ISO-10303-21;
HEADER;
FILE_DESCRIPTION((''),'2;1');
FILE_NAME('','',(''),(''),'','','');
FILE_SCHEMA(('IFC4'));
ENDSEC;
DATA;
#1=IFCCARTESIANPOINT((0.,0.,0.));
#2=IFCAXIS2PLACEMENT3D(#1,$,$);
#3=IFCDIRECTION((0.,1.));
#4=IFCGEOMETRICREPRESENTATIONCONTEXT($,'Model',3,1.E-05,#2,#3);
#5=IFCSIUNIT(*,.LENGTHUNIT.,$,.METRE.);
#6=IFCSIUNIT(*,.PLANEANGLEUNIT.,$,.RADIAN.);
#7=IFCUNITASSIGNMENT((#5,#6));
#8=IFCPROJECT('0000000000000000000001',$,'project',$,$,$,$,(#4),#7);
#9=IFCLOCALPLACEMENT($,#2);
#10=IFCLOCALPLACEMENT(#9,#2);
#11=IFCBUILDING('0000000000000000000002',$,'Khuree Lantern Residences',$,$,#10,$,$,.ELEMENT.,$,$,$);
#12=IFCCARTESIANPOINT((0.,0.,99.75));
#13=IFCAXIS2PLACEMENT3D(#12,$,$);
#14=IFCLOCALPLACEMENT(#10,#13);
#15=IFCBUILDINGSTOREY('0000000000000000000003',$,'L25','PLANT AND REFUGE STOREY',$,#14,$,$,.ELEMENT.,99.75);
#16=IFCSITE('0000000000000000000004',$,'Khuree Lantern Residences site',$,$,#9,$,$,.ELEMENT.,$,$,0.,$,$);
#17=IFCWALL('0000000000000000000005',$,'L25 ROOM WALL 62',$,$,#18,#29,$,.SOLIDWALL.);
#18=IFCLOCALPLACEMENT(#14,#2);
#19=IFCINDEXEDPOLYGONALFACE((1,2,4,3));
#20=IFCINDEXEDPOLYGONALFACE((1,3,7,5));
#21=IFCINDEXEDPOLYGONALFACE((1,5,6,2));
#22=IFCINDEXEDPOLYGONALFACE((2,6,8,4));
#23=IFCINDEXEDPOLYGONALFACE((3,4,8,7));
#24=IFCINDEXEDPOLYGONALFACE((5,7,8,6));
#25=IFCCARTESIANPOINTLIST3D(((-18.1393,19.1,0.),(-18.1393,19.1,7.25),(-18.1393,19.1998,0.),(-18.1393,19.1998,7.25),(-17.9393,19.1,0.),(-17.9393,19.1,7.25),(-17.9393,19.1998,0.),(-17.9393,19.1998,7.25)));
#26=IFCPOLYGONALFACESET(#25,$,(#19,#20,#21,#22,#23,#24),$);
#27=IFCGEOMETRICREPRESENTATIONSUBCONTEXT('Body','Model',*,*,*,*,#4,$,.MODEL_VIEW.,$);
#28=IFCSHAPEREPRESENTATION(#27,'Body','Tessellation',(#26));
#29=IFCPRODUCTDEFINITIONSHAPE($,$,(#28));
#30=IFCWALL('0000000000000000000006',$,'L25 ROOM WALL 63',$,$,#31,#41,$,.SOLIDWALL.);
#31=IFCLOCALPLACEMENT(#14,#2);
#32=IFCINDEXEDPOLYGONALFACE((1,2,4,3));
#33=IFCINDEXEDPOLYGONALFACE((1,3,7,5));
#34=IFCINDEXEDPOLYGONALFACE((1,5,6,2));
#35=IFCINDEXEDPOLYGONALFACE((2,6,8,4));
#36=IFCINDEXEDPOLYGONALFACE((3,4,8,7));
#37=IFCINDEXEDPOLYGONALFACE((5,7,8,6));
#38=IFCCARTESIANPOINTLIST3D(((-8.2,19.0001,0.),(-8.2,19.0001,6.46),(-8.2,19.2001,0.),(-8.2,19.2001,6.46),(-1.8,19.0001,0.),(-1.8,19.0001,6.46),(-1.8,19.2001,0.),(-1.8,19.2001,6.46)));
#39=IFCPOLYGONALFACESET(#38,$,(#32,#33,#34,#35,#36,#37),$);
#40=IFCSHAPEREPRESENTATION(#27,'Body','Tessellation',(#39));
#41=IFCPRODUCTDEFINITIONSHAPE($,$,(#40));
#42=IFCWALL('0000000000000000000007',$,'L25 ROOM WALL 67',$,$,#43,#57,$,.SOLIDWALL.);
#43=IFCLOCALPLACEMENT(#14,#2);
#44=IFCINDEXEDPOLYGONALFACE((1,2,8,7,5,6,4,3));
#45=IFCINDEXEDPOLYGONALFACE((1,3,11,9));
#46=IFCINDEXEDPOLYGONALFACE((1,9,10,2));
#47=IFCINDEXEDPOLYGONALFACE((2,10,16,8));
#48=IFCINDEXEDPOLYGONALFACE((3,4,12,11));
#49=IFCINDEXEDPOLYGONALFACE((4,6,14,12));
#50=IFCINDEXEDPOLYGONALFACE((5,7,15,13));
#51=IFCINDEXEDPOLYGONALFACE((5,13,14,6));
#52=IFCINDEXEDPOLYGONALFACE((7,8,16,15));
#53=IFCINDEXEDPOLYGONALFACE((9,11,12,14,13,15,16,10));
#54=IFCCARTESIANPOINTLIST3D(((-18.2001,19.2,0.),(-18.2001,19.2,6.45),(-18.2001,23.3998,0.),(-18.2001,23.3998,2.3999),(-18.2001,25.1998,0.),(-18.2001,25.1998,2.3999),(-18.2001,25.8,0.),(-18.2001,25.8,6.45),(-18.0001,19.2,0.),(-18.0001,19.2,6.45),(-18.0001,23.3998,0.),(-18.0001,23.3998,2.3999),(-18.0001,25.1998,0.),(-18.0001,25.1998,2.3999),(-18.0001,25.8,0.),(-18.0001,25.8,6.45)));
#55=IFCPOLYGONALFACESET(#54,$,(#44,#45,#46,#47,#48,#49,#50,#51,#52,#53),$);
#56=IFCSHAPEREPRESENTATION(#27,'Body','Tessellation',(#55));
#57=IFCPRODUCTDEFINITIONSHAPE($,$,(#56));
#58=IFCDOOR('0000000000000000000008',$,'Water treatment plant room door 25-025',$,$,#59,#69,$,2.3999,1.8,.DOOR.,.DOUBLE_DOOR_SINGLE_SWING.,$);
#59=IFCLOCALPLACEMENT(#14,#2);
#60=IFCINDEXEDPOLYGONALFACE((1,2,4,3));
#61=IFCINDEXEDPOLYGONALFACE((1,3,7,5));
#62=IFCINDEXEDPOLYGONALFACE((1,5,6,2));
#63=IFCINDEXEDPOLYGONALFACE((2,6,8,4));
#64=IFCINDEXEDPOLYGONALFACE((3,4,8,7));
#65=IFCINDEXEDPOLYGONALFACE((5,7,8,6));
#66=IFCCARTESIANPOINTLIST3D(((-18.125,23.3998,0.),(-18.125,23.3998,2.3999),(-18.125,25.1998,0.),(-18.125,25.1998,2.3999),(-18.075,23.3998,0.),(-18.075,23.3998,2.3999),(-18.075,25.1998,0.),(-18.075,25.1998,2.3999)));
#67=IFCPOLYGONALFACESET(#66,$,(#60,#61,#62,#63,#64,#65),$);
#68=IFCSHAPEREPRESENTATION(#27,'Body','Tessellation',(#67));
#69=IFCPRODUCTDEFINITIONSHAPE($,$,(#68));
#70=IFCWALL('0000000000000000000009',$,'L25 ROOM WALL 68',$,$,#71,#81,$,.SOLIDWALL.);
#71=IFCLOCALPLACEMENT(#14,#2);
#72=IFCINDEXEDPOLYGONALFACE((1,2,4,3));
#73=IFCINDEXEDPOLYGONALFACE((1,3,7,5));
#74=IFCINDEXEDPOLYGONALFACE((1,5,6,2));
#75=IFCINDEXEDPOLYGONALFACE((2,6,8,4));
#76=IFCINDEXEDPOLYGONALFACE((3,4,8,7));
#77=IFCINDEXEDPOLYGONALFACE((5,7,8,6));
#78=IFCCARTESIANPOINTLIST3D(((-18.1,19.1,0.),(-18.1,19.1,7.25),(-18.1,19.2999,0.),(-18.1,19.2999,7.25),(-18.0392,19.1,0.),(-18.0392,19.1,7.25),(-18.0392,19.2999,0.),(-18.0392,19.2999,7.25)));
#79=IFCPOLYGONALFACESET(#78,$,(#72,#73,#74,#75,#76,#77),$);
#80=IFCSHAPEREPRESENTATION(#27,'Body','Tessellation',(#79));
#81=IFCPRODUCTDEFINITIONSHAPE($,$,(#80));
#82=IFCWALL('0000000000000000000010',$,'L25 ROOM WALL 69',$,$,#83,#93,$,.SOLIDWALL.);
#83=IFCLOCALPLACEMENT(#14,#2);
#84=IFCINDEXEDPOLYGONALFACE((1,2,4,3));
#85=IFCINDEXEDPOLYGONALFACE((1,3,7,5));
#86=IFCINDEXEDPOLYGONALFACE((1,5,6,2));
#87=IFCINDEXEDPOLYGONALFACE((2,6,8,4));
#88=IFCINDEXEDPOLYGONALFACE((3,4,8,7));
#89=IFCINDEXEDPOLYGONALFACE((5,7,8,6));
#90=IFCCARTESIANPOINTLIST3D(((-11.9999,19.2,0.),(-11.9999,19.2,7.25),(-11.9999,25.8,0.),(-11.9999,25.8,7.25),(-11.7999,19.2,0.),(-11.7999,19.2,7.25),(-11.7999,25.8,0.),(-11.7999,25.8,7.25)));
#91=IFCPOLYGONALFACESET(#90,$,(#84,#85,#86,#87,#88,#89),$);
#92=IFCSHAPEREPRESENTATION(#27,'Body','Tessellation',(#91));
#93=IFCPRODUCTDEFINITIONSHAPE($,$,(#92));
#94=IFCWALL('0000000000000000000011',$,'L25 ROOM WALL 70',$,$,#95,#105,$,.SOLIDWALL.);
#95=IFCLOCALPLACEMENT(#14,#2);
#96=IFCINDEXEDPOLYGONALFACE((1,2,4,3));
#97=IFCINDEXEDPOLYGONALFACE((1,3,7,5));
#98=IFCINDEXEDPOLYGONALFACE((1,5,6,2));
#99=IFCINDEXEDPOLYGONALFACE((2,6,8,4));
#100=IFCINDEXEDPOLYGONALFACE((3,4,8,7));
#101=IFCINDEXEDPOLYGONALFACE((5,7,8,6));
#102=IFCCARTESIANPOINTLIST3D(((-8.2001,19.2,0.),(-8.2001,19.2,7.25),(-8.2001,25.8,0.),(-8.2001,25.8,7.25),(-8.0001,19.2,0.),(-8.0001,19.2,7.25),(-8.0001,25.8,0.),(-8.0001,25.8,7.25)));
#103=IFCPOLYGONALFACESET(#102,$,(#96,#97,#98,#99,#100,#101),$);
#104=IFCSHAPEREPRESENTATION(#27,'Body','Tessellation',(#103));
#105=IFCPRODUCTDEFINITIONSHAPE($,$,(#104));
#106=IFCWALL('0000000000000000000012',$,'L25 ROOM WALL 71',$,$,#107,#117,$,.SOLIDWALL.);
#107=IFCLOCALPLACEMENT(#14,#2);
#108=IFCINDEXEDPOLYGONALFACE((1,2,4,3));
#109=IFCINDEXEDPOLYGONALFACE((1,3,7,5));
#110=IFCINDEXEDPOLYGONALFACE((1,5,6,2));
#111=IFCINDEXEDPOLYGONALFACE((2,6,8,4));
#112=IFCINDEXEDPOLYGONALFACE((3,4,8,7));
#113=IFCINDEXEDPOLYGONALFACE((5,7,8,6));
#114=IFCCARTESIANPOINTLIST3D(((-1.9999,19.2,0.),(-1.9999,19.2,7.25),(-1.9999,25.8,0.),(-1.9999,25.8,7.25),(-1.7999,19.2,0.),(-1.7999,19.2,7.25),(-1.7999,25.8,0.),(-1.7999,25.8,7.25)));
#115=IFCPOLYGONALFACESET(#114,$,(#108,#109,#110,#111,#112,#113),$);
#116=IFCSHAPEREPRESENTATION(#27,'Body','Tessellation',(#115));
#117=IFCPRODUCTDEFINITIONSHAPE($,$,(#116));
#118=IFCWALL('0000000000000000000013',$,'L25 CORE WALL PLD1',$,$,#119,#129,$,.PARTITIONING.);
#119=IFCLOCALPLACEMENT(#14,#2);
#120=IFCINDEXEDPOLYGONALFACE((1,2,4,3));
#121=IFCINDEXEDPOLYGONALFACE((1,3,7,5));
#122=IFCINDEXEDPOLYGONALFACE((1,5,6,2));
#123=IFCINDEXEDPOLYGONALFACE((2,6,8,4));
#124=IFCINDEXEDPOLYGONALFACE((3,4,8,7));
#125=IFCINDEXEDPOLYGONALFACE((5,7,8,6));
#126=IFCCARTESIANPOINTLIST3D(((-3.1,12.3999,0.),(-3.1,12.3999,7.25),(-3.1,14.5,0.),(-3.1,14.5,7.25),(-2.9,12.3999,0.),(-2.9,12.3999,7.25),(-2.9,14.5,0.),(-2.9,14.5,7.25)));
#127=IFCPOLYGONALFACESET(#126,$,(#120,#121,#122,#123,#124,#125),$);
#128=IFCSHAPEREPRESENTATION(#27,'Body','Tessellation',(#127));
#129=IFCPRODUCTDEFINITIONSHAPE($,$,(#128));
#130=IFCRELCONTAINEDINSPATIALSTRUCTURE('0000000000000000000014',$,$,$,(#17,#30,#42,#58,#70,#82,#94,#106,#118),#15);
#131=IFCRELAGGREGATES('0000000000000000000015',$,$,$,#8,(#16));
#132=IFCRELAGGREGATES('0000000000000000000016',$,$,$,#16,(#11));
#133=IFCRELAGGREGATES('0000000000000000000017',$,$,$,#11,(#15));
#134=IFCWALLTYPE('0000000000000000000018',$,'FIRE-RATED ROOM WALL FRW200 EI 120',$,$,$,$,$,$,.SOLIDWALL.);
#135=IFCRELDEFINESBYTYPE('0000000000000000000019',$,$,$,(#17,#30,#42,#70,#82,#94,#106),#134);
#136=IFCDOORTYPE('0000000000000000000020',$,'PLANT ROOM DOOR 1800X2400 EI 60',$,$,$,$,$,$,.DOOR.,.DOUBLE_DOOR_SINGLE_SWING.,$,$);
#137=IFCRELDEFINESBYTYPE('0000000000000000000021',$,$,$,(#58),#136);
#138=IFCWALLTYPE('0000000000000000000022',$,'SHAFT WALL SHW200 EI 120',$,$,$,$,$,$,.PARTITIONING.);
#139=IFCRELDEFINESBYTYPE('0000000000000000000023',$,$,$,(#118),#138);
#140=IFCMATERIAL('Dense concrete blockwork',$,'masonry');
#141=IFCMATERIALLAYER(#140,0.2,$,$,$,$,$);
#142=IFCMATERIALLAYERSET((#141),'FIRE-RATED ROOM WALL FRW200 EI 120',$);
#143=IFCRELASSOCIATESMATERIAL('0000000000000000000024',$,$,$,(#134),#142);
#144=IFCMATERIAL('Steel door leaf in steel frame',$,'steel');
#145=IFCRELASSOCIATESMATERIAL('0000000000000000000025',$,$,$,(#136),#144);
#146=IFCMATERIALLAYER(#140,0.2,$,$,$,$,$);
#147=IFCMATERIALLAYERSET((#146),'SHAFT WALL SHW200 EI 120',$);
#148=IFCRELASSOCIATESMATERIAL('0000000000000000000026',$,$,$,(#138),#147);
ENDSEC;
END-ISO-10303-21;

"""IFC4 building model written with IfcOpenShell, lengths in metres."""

from ifc_helpers import new_model, si_unit, direction, frame, frame_2d, origin, place, context, subcontext, project, spatial, rectangle, extrude, material, layer, layer_set, type_object, element, fill, save


model = new_model("IFC4")

# Units and contexts
model_context = context("Model", 3, precision=1e-05, world=origin(), true_north=direction((0.0, 1.0)))
body_context = subcontext(model_context, "Body", "Model", "MODEL_VIEW")
ifc_project = project(units=[si_unit("LENGTHUNIT", "METRE"), si_unit("PLANEANGLEUNIT", "RADIAN")], contexts=[model_context])

# Site, building, storey
site_placement = place(None, origin())
site = spatial("IfcSite", under=ifc_project, at=site_placement, Name="Khuree Lantern Residences site", CompositionType="ELEMENT", RefElevation=0.0)
building_placement = place(site_placement, origin())
building = spatial("IfcBuilding", under=site, at=building_placement, Name="Khuree Lantern Residences", CompositionType="ELEMENT")
storey_placement = place(building_placement, frame((0.0, 0.0, 99.75)))
storey = spatial("IfcBuildingStorey", under=building, at=storey_placement, Name="L25", Description="PLANT AND REFUGE STOREY", CompositionType="ELEMENT", Elevation=99.75)

# Walls
ifc_material_1 = material(Name="Dense concrete blockwork", Category="masonry")
ifc_layer_1 = layer(ifc_material_1, 0.2)
ifc_layer_set_1 = layer_set([ifc_layer_1], Name="FIRE-RATED ROOM WALL FRW200 EI 120")
wall_type_1 = type_object("IfcWallType", Name="FIRE-RATED ROOM WALL FRW200 EI 120", PredefinedType="SOLIDWALL", material=ifc_layer_set_1)
wall_1_placement = place(storey_placement, frame((-18.0393, 19.1001, 0.0), z_axis=(0.0, 0.0, 1.0), x_axis=(0.0, 1.0, 0.0)))
element("IfcWall", 1, at=wall_1_placement, inside=storey, type_object=wall_type_1, Name="L25 ROOM WALL 62", PredefinedType="SOLIDWALL", context=body_context, shape_type="SweptSolid", body=[
    extrude(rectangle(XDim=0.0999, YDim=0.2, at=frame_2d((0.0498, 0.0))), origin(), (0.0, 0.0, 1.0), 7.25),
])
wall_2_placement = place(storey_placement, frame((-8.2, 19.1001, 0.0), z_axis=(0.0, 0.0, 1.0), x_axis=(1.0, 0.0, 0.0)))
element("IfcWall", 2, at=wall_2_placement, inside=storey, type_object=wall_type_1, Name="L25 ROOM WALL 63", PredefinedType="SOLIDWALL", context=body_context, shape_type="SweptSolid", body=[
    extrude(rectangle(XDim=6.3999, YDim=0.2, at=frame_2d((3.2, 0.0))), origin(), (0.0, 0.0, 1.0), 6.46),
])

# Wall, opening, door
wall_3_placement = place(storey_placement, frame((-18.1001, 19.2, 0.0), z_axis=(0.0, 0.0, 1.0), x_axis=(0.0, 1.0, 0.0)))
wall_3 = element("IfcWall", 3, at=wall_3_placement, inside=storey, type_object=wall_type_1, Name="L25 ROOM WALL 67", PredefinedType="SOLIDWALL", context=body_context, shape_type="SweptSolid", body=[
    extrude(rectangle(XDim=6.6001, YDim=0.2, at=frame_2d((3.3, 0.0))), origin(), (0.0, 0.0, 1.0), 6.45),
])
opening_placement = place(wall_3_placement, frame((4.2, 0.0, 0.0)))
opening = element("IfcOpeningElement", 4, at=opening_placement, cuts=wall_3, PredefinedType="OPENING", context=body_context, shape_type="SweptSolid", body=[
    extrude(rectangle(XDim=1.8, YDim=2.3999, at=frame_2d((0.8999, 1.2))), frame((0.0, 0.1099, 0.0), z_axis=(0.0, -1.0, 0.0), x_axis=(1.0, 0.0, 0.0)), (0.0, 0.0, 1.0), 0.22),
])
ifc_material_2 = material(Name="Steel door leaf in steel frame", Category="steel")
door_type = type_object("IfcDoorType", Name="PLANT ROOM DOOR 1800X2400 EI 60", OperationType="DOUBLE_DOOR_SINGLE_SWING", PredefinedType="DOOR", material=ifc_material_2)
door_placement = place(opening_placement, origin())
door = element("IfcDoor", 5, at=door_placement, inside=storey, type_object=door_type, Name="Water treatment plant room door 25-025", OperationType="DOUBLE_DOOR_SINGLE_SWING", OverallHeight=2.3999, OverallWidth=1.8, PredefinedType="DOOR", context=body_context, shape_type="SweptSolid", body=[
    extrude(rectangle(XDim=1.8, YDim=2.3999, at=frame_2d((0.8999, 1.2))), frame((0.0, 0.0249, 0.0), z_axis=(0.0, -1.0, 0.0), x_axis=(1.0, 0.0, 0.0)), (0.0, 0.0, 1.0), 0.05),
])
fill(opening, door)

# Walls
wall_4_placement = place(storey_placement, frame((-18.0393, 19.2, 0.0), z_axis=(0.0, 0.0, 1.0), x_axis=(-1.0, 0.0, 0.0)))
element("IfcWall", 6, at=wall_4_placement, inside=storey, type_object=wall_type_1, Name="L25 ROOM WALL 68", PredefinedType="SOLIDWALL", context=body_context, shape_type="SweptSolid", body=[
    extrude(rectangle(XDim=0.0608, YDim=0.2, at=frame_2d((0.0303, 0.0))), origin(), (0.0, 0.0, 1.0), 7.25),
])
for number, where, z_axis, x_axis, name in (
    (7, (-11.8999, 19.2, 0.0), (0.0, 0.0, 1.0), (0.0, 1.0, 0.0), "L25 ROOM WALL 69"),
    (8, (-8.1001, 19.2, 0.0), (0.0, 0.0, 1.0), (0.0, 1.0, 0.0), "L25 ROOM WALL 70"),
    (9, (-1.8999, 19.2, 0.0), (0.0, 0.0, 1.0), (0.0, 1.0, 0.0), "L25 ROOM WALL 71"),
):
    element("IfcWall", number, at=place(storey_placement, frame(where, z_axis=z_axis, x_axis=x_axis)), inside=storey, type_object=wall_type_1, Name=name, PredefinedType="SOLIDWALL", context=body_context, shape_type="SweptSolid", body=[
        extrude(rectangle(XDim=6.6001, YDim=0.2, at=frame_2d((3.3, 0.0))), origin(), (0.0, 0.0, 1.0), 7.25),
    ])
ifc_layer_2 = layer(ifc_material_1, 0.2)
ifc_layer_set_2 = layer_set([ifc_layer_2], Name="SHAFT WALL SHW200 EI 120")
wall_type_2 = type_object("IfcWallType", Name="SHAFT WALL SHW200 EI 120", PredefinedType="PARTITIONING", material=ifc_layer_set_2)
wall_5_placement = place(storey_placement, frame((-3.0, 12.3999, 0.0), z_axis=(0.0, 0.0, 1.0), x_axis=(0.0, 1.0, 0.0)))
element("IfcWall", 10, at=wall_5_placement, inside=storey, type_object=wall_type_2, Name="L25 CORE WALL PLD1", PredefinedType="PARTITIONING", context=body_context, shape_type="SweptSolid", body=[
    extrude(rectangle(XDim=2.1001, YDim=0.2, at=frame_2d((1.05, 0.0))), origin(), (0.0, 0.0, 1.0), 7.25),
])

save(model, "model.ifc")
